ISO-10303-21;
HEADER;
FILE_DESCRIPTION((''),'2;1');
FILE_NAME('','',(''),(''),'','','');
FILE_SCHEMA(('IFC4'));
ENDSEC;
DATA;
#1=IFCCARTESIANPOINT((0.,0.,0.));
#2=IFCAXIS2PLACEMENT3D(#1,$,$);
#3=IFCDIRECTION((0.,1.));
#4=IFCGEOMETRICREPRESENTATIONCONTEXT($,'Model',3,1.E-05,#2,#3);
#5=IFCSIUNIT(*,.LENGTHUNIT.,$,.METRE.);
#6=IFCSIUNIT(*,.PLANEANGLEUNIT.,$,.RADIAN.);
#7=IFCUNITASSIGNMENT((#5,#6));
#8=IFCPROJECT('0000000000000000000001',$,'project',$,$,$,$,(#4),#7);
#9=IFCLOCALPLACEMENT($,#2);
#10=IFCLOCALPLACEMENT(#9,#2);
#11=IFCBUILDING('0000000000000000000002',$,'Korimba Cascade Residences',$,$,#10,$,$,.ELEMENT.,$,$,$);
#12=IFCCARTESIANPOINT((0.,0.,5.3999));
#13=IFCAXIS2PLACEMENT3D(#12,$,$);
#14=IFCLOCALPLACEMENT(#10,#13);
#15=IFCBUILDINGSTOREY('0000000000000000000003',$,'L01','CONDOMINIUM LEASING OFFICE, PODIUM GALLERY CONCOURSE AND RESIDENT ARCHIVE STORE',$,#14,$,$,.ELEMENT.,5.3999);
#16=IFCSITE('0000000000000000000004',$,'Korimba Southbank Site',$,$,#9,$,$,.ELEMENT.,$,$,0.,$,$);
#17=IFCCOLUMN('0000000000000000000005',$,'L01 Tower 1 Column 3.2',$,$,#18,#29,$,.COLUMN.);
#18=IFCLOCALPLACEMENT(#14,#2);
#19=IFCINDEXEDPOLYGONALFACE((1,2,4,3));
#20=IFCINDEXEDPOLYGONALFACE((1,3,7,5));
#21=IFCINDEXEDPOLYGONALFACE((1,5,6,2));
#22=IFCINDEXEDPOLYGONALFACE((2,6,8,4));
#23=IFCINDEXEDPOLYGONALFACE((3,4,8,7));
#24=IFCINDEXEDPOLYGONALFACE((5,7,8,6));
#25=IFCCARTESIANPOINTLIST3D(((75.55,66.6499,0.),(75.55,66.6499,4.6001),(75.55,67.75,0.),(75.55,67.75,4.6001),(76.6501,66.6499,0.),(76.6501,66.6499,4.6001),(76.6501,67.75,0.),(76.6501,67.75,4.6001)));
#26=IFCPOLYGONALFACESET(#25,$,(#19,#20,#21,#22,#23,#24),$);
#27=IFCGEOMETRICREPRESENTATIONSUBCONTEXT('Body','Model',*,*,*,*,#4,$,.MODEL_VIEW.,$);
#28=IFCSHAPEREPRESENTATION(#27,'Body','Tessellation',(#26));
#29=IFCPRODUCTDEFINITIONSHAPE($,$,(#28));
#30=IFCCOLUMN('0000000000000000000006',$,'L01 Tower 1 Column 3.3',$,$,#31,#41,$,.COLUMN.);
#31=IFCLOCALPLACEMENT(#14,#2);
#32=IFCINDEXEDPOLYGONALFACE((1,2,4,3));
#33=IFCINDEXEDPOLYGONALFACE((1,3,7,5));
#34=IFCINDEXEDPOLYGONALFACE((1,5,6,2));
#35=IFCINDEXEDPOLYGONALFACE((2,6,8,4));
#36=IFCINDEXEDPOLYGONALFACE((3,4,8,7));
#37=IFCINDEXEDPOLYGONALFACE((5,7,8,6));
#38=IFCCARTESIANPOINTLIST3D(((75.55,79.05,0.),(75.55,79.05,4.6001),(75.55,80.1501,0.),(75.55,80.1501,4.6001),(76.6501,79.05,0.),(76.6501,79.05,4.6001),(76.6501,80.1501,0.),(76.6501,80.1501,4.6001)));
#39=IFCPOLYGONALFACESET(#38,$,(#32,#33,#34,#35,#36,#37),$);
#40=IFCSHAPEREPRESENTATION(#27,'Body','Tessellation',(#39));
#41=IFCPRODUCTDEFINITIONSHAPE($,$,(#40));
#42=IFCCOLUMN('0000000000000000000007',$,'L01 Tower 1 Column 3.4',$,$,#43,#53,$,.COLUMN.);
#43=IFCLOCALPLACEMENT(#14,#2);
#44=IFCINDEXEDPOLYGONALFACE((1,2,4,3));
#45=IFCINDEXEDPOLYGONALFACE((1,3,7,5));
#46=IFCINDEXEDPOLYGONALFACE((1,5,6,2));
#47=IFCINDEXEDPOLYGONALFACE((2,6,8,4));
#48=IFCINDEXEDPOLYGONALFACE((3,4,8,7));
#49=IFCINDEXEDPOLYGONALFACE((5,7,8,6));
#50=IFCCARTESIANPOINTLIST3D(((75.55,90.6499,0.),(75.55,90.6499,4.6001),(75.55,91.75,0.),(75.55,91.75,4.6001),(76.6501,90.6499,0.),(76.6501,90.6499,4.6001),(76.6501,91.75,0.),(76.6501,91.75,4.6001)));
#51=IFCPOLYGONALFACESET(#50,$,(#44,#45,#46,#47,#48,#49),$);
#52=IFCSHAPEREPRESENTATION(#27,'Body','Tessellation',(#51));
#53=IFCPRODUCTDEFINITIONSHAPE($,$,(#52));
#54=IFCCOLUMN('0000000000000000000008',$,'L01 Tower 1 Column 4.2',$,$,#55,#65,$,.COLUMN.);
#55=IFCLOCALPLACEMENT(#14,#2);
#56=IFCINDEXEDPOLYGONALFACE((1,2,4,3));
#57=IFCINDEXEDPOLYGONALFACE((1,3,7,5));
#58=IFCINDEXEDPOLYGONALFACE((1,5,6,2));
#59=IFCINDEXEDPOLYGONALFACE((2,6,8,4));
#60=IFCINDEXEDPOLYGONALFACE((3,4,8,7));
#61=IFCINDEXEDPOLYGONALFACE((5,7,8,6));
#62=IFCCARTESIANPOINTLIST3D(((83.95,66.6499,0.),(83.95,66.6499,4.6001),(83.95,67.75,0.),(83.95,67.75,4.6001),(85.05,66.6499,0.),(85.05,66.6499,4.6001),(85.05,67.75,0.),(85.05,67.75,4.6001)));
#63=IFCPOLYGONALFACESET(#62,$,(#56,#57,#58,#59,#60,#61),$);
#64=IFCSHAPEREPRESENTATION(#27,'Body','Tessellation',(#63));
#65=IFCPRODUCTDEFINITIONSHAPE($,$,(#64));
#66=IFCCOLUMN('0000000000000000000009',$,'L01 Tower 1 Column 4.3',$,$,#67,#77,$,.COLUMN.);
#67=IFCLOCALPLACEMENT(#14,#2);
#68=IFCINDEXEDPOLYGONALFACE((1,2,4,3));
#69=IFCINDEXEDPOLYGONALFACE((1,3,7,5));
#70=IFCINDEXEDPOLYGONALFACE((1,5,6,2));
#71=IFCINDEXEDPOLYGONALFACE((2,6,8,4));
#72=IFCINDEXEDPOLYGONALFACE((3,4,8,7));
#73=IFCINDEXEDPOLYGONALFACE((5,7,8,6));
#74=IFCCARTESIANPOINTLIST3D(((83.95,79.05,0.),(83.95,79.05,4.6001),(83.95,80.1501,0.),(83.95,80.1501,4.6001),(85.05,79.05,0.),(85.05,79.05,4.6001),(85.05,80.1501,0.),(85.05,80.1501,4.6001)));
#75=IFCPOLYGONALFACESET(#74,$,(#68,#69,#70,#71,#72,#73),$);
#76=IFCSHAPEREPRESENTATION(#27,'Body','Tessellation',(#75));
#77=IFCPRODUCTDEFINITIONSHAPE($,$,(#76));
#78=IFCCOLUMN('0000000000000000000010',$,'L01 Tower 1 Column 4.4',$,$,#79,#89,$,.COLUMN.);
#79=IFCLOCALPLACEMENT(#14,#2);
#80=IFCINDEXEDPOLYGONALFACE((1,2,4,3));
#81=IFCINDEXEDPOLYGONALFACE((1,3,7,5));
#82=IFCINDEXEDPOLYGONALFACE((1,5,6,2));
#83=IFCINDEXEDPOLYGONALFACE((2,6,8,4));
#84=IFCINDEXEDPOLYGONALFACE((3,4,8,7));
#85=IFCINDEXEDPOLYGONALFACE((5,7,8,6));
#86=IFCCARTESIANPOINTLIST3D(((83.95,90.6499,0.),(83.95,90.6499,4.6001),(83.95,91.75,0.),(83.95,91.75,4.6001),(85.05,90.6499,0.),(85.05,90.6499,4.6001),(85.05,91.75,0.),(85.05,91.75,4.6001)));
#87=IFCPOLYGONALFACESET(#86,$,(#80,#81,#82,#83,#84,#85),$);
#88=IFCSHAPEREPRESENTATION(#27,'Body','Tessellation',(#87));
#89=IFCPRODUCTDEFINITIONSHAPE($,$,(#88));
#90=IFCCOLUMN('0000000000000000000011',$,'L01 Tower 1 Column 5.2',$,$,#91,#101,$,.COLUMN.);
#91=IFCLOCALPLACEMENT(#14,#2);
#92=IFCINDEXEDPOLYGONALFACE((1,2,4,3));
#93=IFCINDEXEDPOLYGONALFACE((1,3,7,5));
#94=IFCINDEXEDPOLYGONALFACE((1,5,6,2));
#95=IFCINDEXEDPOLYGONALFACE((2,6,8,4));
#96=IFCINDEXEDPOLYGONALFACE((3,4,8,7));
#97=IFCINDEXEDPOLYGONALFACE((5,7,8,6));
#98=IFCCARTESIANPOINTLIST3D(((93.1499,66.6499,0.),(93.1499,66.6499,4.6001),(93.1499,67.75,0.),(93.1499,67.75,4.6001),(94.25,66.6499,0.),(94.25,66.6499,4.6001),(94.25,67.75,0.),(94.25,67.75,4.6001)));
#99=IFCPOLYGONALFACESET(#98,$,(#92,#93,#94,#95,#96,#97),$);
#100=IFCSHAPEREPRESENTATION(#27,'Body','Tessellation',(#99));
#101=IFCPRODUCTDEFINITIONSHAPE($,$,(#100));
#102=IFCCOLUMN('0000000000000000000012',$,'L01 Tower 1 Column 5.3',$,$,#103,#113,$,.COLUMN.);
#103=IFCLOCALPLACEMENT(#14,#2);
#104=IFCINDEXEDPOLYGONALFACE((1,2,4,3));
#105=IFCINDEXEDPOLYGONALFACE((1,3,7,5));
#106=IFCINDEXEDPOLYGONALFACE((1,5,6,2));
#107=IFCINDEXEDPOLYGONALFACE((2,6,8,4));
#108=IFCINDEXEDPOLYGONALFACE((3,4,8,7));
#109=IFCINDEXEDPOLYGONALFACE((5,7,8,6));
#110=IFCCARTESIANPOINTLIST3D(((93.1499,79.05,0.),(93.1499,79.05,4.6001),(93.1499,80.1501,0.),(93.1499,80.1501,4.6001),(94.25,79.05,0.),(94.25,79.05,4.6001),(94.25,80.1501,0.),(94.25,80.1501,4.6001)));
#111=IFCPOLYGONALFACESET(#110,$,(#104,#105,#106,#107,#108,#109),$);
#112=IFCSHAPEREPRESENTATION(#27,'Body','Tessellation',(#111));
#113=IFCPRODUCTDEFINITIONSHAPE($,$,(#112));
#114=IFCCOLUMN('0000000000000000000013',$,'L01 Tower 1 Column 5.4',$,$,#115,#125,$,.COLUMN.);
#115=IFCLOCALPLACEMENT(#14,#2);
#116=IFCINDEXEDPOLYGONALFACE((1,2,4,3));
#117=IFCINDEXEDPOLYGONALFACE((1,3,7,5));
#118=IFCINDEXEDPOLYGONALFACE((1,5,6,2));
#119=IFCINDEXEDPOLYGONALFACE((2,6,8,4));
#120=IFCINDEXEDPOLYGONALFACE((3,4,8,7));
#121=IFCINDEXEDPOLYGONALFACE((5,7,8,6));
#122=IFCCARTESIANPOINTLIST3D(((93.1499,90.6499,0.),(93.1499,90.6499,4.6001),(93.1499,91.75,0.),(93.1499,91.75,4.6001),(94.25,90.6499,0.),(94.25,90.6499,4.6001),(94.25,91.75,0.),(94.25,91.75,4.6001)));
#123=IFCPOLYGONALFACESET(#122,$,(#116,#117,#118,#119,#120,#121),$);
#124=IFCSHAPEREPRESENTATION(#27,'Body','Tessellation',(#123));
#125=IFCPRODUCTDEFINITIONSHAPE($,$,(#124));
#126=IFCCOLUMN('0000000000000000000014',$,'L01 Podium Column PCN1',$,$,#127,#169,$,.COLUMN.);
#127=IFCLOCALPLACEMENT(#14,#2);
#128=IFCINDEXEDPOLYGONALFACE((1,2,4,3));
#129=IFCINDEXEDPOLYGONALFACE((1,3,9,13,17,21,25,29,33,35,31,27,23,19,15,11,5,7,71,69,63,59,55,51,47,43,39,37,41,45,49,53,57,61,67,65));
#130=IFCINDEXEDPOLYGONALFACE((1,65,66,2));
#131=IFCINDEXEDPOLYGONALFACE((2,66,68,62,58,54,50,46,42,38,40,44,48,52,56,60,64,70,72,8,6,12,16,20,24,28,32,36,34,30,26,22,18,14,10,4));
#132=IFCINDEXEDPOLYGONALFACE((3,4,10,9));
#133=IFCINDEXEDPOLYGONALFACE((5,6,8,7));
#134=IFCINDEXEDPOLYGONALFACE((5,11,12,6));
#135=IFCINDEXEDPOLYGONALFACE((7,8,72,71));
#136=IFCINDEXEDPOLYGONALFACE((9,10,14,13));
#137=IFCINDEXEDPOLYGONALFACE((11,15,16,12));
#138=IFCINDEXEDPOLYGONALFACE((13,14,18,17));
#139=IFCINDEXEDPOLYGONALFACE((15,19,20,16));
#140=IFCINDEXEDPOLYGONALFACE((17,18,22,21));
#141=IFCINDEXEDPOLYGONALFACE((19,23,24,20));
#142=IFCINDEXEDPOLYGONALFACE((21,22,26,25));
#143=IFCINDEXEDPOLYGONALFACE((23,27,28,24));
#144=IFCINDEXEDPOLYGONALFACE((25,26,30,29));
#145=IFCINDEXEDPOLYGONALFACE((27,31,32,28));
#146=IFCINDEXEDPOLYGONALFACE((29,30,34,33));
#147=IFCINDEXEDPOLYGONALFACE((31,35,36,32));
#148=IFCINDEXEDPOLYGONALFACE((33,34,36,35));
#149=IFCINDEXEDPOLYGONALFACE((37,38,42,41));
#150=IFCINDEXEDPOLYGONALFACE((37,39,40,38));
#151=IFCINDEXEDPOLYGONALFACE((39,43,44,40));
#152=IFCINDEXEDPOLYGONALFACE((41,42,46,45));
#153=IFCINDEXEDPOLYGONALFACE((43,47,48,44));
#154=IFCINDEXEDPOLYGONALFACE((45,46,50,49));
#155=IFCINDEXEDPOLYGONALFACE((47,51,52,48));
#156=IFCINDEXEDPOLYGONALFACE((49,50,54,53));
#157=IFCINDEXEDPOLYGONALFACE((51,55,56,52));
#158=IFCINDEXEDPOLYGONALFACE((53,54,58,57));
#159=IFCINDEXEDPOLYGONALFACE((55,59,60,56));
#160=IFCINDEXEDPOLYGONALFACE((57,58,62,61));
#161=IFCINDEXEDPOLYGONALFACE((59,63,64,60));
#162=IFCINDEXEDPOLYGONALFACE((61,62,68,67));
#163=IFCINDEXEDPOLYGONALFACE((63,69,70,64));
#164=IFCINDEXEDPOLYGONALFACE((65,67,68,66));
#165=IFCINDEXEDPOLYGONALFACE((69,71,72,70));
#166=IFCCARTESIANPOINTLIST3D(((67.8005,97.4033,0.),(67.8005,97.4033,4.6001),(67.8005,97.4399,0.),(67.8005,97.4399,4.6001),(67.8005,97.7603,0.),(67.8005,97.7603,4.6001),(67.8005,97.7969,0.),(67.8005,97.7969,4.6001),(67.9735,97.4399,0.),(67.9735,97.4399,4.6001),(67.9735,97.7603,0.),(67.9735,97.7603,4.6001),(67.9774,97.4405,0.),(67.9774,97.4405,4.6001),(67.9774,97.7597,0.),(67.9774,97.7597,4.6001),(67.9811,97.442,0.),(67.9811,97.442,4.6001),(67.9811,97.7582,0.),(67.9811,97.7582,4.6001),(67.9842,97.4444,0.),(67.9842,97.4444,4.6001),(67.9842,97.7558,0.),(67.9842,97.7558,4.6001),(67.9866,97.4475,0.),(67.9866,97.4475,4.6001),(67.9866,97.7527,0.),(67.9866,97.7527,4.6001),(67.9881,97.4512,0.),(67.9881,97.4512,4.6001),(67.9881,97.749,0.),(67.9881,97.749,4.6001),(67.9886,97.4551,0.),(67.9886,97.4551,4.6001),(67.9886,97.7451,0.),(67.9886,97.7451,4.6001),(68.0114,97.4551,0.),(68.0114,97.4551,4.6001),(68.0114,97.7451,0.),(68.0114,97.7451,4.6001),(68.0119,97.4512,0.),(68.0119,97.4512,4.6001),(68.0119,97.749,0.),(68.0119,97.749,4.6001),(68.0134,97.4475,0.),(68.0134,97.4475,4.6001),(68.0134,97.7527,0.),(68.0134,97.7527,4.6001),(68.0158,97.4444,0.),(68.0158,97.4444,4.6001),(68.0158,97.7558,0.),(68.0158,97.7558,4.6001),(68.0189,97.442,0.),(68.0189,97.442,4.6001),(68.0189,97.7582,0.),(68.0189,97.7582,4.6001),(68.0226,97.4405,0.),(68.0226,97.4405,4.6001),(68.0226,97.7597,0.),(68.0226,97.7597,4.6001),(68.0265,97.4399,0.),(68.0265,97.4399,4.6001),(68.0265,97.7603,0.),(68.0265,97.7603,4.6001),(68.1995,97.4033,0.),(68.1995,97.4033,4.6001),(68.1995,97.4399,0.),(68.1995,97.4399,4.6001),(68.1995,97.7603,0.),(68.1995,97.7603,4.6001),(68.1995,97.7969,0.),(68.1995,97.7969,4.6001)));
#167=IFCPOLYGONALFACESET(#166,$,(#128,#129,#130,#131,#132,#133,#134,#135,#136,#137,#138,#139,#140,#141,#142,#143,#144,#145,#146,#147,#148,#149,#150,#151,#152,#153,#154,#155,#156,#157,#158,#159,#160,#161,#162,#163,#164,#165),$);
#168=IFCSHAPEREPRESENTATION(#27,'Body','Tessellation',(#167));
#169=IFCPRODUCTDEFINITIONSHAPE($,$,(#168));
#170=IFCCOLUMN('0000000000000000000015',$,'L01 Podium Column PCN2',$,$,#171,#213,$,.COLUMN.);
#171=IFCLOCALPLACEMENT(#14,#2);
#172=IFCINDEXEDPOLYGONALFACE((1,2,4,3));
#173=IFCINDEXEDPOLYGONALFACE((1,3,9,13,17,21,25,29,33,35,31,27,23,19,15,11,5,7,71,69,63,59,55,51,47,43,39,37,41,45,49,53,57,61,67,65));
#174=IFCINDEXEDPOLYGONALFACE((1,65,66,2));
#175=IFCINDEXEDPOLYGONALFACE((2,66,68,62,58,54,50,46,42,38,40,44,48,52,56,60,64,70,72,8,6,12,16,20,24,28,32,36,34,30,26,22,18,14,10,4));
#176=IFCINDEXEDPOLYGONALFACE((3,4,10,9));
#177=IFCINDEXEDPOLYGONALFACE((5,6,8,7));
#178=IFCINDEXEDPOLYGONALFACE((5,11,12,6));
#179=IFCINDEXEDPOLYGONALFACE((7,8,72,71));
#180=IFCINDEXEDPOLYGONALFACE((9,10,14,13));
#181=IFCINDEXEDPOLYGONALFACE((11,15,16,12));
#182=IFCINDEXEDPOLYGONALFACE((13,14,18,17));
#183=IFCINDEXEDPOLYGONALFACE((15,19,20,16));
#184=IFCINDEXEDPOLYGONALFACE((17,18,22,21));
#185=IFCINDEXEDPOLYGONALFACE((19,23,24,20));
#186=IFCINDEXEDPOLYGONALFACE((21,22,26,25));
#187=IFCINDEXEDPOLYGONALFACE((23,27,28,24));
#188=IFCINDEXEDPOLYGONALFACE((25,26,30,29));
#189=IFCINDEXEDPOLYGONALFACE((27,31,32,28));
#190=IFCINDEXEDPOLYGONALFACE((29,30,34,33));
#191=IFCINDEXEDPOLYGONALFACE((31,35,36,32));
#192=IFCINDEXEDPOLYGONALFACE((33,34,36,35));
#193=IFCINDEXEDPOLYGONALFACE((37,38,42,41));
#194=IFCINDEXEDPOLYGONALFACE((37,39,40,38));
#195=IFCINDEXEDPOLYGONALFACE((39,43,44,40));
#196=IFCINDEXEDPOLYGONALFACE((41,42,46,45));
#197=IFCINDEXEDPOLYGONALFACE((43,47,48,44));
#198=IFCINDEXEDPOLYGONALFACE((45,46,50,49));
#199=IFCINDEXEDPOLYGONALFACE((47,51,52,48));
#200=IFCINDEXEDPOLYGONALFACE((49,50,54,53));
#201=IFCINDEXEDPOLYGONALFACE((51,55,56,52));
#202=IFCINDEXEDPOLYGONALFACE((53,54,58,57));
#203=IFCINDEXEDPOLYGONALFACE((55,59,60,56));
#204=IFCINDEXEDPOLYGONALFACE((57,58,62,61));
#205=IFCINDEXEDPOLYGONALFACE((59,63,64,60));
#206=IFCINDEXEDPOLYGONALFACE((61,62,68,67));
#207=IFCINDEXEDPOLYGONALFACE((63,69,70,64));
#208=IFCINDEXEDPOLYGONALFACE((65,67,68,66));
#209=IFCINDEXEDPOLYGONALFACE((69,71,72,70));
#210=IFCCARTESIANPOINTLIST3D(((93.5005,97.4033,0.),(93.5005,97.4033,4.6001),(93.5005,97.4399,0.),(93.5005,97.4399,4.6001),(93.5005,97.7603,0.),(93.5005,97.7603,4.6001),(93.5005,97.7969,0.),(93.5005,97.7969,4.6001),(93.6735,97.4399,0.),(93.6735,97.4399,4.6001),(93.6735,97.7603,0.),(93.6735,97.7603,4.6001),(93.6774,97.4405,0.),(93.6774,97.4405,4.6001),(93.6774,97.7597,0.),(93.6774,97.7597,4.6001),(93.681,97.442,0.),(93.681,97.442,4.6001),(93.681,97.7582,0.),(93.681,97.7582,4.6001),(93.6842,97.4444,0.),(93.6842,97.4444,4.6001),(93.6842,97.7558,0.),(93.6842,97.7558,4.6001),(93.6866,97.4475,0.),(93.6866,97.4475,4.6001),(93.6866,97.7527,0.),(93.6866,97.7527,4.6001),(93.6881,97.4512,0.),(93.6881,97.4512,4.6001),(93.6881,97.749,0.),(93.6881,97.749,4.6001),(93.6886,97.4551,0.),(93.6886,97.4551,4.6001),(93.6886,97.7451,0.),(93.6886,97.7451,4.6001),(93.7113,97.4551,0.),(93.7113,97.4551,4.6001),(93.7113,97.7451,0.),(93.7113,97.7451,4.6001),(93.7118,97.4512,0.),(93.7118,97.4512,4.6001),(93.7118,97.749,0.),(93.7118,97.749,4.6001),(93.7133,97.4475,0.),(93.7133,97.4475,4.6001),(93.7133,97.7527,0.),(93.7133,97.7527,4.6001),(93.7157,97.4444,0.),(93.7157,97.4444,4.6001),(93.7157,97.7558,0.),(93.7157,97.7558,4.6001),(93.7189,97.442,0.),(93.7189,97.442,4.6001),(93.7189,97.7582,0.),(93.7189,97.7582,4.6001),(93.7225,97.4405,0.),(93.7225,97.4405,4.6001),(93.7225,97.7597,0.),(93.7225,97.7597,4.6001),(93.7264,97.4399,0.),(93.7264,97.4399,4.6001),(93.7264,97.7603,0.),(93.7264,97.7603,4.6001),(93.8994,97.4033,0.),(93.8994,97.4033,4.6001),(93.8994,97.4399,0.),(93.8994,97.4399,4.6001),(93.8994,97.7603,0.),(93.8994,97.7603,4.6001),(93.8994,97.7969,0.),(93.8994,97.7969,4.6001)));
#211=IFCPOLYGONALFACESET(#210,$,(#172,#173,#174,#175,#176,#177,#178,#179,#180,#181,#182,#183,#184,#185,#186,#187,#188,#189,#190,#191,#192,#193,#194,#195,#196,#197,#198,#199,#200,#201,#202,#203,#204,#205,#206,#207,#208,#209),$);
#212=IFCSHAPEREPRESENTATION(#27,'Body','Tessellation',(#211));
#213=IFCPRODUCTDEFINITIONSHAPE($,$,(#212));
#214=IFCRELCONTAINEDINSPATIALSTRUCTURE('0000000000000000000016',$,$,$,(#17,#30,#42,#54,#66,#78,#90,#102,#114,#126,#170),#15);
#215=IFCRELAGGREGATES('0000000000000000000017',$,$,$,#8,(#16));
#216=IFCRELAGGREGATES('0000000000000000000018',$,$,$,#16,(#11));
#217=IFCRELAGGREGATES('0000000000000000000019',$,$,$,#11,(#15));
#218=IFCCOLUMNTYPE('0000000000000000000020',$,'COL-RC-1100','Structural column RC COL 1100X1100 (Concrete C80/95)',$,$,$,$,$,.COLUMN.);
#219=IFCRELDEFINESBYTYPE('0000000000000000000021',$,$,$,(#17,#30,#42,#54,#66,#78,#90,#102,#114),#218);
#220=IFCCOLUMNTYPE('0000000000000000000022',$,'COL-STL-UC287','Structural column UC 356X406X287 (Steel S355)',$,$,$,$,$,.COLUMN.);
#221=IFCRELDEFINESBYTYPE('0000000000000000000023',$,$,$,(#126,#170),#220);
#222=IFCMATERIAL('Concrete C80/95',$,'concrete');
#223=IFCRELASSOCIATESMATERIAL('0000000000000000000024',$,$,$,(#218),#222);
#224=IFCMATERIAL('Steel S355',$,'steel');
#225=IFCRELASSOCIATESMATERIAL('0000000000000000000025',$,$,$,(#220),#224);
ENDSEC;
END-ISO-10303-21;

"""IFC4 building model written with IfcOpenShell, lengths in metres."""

from ifc_helpers import new_model, si_unit, direction, frame, origin, origin_2d, place, context, subcontext, project, spatial, rectangle, i_section, extrude, material, material_profile, profile_set, type_object, element, save


model = new_model("IFC4")

# Units and contexts
model_context = context("Model", 3, precision=1e-05, world=origin(), true_north=direction((0.0, 1.0)))
body_context = subcontext(model_context, "Body", "Model", "MODEL_VIEW")
ifc_project = project(units=[si_unit("LENGTHUNIT", "METRE"), si_unit("PLANEANGLEUNIT", "RADIAN")], contexts=[model_context])

# Site, building, storey
site_placement = place(None, origin())
site = spatial("IfcSite", under=ifc_project, at=site_placement, Name="Korimba Southbank Site", CompositionType="ELEMENT", RefElevation=0.0)
building_placement = place(site_placement, origin())
building = spatial("IfcBuilding", under=site, at=building_placement, Name="Korimba Cascade Residences", CompositionType="ELEMENT")
storey_placement = place(building_placement, frame((0.0, 0.0, 5.3999)))
storey = spatial("IfcBuildingStorey", under=building, at=storey_placement, Name="L01", Description="CONDOMINIUM LEASING OFFICE, PODIUM GALLERY CONCOURSE AND RESIDENT ARCHIVE STORE", CompositionType="ELEMENT", Elevation=5.3999)

# Columns
ifc_material_1 = material(Name="Concrete C80/95", Category="concrete")
ifc_material_profile_1 = material_profile(ifc_material_1, rectangle(XDim=1.1001, YDim=1.1001, at=origin_2d()), Name="Concrete C80/95")
ifc_profile_set_1 = profile_set([ifc_material_profile_1], Name="Concrete C80/95")
column_type_1 = type_object("IfcColumnType", Name="COL-RC-1100", Description="Structural column RC COL 1100X1100 (Concrete C80/95)", PredefinedType="COLUMN", material=ifc_profile_set_1)
for number, where, z_axis, x_axis, name in (
    (1, (76.1001, 67.2, 0.0), (0.0, 0.0, 1.0), (1.0, 0.0, 0.0), "L01 Tower 1 Column 3.2"),
    (2, (76.1001, 79.6001, 0.0), (0.0, 0.0, 1.0), (1.0, 0.0, 0.0), "L01 Tower 1 Column 3.3"),
    (3, (76.1001, 91.2, 0.0), (0.0, 0.0, 1.0), (1.0, 0.0, 0.0), "L01 Tower 1 Column 3.4"),
    (4, (84.5, 67.2, 0.0), (0.0, 0.0, 1.0), (1.0, 0.0, 0.0), "L01 Tower 1 Column 4.2"),
    (5, (84.5, 79.6001, 0.0), (0.0, 0.0, 1.0), (1.0, 0.0, 0.0), "L01 Tower 1 Column 4.3"),
    (6, (84.5, 91.2, 0.0), (0.0, 0.0, 1.0), (1.0, 0.0, 0.0), "L01 Tower 1 Column 4.4"),
    (7, (93.7, 67.2, 0.0), (0.0, 0.0, 1.0), (1.0, 0.0, 0.0), "L01 Tower 1 Column 5.2"),
    (8, (93.7, 79.6001, 0.0), (0.0, 0.0, 1.0), (1.0, 0.0, 0.0), "L01 Tower 1 Column 5.3"),
    (9, (93.7, 91.2, 0.0), (0.0, 0.0, 1.0), (1.0, 0.0, 0.0), "L01 Tower 1 Column 5.4"),
):
    element("IfcColumn", number, at=place(storey_placement, frame(where, z_axis=z_axis, x_axis=x_axis)), inside=storey, type_object=column_type_1, Name=name, PredefinedType="COLUMN", context=body_context, shape_type="SweptSolid", body=[
        extrude(rectangle(XDim=1.1001, YDim=1.1001, at=origin_2d()), origin(), (0.0, 0.0, 1.0), 4.6001),
    ])
ifc_material_2 = material(Name="Steel S355", Category="steel")
ifc_material_profile_2 = material_profile(ifc_material_2, i_section(OverallWidth=0.3989, OverallDepth=0.3936, WebThickness=0.0227, FlangeThickness=0.0366, FilletRadius=0.0151, at=origin_2d()), Name="Steel S355")
ifc_profile_set_2 = profile_set([ifc_material_profile_2], Name="Steel S355")
column_type_2 = type_object("IfcColumnType", Name="COL-STL-UC287", Description="Structural column UC 356X406X287 (Steel S355)", PredefinedType="COLUMN", material=ifc_profile_set_2)
for number, where, z_axis, x_axis, name in (
    (10, (68.0, 97.6001, 0.0), (0.0, 0.0, 1.0), (1.0, 0.0, 0.0), "L01 Podium Column PCN1"),
    (11, (93.7, 97.6001, 0.0), (0.0, 0.0, 1.0), (1.0, 0.0, 0.0), "L01 Podium Column PCN2"),
):
    element("IfcColumn", number, at=place(storey_placement, frame(where, z_axis=z_axis, x_axis=x_axis)), inside=storey, type_object=column_type_2, Name=name, PredefinedType="COLUMN", context=body_context, shape_type="SweptSolid", body=[
        extrude(i_section(OverallWidth=0.3989, OverallDepth=0.3936, WebThickness=0.0227, FlangeThickness=0.0366, FilletRadius=0.0151, at=origin_2d()), origin(), (0.0, 0.0, 1.0), 4.6001),
    ])

save(model, "model.ifc")
